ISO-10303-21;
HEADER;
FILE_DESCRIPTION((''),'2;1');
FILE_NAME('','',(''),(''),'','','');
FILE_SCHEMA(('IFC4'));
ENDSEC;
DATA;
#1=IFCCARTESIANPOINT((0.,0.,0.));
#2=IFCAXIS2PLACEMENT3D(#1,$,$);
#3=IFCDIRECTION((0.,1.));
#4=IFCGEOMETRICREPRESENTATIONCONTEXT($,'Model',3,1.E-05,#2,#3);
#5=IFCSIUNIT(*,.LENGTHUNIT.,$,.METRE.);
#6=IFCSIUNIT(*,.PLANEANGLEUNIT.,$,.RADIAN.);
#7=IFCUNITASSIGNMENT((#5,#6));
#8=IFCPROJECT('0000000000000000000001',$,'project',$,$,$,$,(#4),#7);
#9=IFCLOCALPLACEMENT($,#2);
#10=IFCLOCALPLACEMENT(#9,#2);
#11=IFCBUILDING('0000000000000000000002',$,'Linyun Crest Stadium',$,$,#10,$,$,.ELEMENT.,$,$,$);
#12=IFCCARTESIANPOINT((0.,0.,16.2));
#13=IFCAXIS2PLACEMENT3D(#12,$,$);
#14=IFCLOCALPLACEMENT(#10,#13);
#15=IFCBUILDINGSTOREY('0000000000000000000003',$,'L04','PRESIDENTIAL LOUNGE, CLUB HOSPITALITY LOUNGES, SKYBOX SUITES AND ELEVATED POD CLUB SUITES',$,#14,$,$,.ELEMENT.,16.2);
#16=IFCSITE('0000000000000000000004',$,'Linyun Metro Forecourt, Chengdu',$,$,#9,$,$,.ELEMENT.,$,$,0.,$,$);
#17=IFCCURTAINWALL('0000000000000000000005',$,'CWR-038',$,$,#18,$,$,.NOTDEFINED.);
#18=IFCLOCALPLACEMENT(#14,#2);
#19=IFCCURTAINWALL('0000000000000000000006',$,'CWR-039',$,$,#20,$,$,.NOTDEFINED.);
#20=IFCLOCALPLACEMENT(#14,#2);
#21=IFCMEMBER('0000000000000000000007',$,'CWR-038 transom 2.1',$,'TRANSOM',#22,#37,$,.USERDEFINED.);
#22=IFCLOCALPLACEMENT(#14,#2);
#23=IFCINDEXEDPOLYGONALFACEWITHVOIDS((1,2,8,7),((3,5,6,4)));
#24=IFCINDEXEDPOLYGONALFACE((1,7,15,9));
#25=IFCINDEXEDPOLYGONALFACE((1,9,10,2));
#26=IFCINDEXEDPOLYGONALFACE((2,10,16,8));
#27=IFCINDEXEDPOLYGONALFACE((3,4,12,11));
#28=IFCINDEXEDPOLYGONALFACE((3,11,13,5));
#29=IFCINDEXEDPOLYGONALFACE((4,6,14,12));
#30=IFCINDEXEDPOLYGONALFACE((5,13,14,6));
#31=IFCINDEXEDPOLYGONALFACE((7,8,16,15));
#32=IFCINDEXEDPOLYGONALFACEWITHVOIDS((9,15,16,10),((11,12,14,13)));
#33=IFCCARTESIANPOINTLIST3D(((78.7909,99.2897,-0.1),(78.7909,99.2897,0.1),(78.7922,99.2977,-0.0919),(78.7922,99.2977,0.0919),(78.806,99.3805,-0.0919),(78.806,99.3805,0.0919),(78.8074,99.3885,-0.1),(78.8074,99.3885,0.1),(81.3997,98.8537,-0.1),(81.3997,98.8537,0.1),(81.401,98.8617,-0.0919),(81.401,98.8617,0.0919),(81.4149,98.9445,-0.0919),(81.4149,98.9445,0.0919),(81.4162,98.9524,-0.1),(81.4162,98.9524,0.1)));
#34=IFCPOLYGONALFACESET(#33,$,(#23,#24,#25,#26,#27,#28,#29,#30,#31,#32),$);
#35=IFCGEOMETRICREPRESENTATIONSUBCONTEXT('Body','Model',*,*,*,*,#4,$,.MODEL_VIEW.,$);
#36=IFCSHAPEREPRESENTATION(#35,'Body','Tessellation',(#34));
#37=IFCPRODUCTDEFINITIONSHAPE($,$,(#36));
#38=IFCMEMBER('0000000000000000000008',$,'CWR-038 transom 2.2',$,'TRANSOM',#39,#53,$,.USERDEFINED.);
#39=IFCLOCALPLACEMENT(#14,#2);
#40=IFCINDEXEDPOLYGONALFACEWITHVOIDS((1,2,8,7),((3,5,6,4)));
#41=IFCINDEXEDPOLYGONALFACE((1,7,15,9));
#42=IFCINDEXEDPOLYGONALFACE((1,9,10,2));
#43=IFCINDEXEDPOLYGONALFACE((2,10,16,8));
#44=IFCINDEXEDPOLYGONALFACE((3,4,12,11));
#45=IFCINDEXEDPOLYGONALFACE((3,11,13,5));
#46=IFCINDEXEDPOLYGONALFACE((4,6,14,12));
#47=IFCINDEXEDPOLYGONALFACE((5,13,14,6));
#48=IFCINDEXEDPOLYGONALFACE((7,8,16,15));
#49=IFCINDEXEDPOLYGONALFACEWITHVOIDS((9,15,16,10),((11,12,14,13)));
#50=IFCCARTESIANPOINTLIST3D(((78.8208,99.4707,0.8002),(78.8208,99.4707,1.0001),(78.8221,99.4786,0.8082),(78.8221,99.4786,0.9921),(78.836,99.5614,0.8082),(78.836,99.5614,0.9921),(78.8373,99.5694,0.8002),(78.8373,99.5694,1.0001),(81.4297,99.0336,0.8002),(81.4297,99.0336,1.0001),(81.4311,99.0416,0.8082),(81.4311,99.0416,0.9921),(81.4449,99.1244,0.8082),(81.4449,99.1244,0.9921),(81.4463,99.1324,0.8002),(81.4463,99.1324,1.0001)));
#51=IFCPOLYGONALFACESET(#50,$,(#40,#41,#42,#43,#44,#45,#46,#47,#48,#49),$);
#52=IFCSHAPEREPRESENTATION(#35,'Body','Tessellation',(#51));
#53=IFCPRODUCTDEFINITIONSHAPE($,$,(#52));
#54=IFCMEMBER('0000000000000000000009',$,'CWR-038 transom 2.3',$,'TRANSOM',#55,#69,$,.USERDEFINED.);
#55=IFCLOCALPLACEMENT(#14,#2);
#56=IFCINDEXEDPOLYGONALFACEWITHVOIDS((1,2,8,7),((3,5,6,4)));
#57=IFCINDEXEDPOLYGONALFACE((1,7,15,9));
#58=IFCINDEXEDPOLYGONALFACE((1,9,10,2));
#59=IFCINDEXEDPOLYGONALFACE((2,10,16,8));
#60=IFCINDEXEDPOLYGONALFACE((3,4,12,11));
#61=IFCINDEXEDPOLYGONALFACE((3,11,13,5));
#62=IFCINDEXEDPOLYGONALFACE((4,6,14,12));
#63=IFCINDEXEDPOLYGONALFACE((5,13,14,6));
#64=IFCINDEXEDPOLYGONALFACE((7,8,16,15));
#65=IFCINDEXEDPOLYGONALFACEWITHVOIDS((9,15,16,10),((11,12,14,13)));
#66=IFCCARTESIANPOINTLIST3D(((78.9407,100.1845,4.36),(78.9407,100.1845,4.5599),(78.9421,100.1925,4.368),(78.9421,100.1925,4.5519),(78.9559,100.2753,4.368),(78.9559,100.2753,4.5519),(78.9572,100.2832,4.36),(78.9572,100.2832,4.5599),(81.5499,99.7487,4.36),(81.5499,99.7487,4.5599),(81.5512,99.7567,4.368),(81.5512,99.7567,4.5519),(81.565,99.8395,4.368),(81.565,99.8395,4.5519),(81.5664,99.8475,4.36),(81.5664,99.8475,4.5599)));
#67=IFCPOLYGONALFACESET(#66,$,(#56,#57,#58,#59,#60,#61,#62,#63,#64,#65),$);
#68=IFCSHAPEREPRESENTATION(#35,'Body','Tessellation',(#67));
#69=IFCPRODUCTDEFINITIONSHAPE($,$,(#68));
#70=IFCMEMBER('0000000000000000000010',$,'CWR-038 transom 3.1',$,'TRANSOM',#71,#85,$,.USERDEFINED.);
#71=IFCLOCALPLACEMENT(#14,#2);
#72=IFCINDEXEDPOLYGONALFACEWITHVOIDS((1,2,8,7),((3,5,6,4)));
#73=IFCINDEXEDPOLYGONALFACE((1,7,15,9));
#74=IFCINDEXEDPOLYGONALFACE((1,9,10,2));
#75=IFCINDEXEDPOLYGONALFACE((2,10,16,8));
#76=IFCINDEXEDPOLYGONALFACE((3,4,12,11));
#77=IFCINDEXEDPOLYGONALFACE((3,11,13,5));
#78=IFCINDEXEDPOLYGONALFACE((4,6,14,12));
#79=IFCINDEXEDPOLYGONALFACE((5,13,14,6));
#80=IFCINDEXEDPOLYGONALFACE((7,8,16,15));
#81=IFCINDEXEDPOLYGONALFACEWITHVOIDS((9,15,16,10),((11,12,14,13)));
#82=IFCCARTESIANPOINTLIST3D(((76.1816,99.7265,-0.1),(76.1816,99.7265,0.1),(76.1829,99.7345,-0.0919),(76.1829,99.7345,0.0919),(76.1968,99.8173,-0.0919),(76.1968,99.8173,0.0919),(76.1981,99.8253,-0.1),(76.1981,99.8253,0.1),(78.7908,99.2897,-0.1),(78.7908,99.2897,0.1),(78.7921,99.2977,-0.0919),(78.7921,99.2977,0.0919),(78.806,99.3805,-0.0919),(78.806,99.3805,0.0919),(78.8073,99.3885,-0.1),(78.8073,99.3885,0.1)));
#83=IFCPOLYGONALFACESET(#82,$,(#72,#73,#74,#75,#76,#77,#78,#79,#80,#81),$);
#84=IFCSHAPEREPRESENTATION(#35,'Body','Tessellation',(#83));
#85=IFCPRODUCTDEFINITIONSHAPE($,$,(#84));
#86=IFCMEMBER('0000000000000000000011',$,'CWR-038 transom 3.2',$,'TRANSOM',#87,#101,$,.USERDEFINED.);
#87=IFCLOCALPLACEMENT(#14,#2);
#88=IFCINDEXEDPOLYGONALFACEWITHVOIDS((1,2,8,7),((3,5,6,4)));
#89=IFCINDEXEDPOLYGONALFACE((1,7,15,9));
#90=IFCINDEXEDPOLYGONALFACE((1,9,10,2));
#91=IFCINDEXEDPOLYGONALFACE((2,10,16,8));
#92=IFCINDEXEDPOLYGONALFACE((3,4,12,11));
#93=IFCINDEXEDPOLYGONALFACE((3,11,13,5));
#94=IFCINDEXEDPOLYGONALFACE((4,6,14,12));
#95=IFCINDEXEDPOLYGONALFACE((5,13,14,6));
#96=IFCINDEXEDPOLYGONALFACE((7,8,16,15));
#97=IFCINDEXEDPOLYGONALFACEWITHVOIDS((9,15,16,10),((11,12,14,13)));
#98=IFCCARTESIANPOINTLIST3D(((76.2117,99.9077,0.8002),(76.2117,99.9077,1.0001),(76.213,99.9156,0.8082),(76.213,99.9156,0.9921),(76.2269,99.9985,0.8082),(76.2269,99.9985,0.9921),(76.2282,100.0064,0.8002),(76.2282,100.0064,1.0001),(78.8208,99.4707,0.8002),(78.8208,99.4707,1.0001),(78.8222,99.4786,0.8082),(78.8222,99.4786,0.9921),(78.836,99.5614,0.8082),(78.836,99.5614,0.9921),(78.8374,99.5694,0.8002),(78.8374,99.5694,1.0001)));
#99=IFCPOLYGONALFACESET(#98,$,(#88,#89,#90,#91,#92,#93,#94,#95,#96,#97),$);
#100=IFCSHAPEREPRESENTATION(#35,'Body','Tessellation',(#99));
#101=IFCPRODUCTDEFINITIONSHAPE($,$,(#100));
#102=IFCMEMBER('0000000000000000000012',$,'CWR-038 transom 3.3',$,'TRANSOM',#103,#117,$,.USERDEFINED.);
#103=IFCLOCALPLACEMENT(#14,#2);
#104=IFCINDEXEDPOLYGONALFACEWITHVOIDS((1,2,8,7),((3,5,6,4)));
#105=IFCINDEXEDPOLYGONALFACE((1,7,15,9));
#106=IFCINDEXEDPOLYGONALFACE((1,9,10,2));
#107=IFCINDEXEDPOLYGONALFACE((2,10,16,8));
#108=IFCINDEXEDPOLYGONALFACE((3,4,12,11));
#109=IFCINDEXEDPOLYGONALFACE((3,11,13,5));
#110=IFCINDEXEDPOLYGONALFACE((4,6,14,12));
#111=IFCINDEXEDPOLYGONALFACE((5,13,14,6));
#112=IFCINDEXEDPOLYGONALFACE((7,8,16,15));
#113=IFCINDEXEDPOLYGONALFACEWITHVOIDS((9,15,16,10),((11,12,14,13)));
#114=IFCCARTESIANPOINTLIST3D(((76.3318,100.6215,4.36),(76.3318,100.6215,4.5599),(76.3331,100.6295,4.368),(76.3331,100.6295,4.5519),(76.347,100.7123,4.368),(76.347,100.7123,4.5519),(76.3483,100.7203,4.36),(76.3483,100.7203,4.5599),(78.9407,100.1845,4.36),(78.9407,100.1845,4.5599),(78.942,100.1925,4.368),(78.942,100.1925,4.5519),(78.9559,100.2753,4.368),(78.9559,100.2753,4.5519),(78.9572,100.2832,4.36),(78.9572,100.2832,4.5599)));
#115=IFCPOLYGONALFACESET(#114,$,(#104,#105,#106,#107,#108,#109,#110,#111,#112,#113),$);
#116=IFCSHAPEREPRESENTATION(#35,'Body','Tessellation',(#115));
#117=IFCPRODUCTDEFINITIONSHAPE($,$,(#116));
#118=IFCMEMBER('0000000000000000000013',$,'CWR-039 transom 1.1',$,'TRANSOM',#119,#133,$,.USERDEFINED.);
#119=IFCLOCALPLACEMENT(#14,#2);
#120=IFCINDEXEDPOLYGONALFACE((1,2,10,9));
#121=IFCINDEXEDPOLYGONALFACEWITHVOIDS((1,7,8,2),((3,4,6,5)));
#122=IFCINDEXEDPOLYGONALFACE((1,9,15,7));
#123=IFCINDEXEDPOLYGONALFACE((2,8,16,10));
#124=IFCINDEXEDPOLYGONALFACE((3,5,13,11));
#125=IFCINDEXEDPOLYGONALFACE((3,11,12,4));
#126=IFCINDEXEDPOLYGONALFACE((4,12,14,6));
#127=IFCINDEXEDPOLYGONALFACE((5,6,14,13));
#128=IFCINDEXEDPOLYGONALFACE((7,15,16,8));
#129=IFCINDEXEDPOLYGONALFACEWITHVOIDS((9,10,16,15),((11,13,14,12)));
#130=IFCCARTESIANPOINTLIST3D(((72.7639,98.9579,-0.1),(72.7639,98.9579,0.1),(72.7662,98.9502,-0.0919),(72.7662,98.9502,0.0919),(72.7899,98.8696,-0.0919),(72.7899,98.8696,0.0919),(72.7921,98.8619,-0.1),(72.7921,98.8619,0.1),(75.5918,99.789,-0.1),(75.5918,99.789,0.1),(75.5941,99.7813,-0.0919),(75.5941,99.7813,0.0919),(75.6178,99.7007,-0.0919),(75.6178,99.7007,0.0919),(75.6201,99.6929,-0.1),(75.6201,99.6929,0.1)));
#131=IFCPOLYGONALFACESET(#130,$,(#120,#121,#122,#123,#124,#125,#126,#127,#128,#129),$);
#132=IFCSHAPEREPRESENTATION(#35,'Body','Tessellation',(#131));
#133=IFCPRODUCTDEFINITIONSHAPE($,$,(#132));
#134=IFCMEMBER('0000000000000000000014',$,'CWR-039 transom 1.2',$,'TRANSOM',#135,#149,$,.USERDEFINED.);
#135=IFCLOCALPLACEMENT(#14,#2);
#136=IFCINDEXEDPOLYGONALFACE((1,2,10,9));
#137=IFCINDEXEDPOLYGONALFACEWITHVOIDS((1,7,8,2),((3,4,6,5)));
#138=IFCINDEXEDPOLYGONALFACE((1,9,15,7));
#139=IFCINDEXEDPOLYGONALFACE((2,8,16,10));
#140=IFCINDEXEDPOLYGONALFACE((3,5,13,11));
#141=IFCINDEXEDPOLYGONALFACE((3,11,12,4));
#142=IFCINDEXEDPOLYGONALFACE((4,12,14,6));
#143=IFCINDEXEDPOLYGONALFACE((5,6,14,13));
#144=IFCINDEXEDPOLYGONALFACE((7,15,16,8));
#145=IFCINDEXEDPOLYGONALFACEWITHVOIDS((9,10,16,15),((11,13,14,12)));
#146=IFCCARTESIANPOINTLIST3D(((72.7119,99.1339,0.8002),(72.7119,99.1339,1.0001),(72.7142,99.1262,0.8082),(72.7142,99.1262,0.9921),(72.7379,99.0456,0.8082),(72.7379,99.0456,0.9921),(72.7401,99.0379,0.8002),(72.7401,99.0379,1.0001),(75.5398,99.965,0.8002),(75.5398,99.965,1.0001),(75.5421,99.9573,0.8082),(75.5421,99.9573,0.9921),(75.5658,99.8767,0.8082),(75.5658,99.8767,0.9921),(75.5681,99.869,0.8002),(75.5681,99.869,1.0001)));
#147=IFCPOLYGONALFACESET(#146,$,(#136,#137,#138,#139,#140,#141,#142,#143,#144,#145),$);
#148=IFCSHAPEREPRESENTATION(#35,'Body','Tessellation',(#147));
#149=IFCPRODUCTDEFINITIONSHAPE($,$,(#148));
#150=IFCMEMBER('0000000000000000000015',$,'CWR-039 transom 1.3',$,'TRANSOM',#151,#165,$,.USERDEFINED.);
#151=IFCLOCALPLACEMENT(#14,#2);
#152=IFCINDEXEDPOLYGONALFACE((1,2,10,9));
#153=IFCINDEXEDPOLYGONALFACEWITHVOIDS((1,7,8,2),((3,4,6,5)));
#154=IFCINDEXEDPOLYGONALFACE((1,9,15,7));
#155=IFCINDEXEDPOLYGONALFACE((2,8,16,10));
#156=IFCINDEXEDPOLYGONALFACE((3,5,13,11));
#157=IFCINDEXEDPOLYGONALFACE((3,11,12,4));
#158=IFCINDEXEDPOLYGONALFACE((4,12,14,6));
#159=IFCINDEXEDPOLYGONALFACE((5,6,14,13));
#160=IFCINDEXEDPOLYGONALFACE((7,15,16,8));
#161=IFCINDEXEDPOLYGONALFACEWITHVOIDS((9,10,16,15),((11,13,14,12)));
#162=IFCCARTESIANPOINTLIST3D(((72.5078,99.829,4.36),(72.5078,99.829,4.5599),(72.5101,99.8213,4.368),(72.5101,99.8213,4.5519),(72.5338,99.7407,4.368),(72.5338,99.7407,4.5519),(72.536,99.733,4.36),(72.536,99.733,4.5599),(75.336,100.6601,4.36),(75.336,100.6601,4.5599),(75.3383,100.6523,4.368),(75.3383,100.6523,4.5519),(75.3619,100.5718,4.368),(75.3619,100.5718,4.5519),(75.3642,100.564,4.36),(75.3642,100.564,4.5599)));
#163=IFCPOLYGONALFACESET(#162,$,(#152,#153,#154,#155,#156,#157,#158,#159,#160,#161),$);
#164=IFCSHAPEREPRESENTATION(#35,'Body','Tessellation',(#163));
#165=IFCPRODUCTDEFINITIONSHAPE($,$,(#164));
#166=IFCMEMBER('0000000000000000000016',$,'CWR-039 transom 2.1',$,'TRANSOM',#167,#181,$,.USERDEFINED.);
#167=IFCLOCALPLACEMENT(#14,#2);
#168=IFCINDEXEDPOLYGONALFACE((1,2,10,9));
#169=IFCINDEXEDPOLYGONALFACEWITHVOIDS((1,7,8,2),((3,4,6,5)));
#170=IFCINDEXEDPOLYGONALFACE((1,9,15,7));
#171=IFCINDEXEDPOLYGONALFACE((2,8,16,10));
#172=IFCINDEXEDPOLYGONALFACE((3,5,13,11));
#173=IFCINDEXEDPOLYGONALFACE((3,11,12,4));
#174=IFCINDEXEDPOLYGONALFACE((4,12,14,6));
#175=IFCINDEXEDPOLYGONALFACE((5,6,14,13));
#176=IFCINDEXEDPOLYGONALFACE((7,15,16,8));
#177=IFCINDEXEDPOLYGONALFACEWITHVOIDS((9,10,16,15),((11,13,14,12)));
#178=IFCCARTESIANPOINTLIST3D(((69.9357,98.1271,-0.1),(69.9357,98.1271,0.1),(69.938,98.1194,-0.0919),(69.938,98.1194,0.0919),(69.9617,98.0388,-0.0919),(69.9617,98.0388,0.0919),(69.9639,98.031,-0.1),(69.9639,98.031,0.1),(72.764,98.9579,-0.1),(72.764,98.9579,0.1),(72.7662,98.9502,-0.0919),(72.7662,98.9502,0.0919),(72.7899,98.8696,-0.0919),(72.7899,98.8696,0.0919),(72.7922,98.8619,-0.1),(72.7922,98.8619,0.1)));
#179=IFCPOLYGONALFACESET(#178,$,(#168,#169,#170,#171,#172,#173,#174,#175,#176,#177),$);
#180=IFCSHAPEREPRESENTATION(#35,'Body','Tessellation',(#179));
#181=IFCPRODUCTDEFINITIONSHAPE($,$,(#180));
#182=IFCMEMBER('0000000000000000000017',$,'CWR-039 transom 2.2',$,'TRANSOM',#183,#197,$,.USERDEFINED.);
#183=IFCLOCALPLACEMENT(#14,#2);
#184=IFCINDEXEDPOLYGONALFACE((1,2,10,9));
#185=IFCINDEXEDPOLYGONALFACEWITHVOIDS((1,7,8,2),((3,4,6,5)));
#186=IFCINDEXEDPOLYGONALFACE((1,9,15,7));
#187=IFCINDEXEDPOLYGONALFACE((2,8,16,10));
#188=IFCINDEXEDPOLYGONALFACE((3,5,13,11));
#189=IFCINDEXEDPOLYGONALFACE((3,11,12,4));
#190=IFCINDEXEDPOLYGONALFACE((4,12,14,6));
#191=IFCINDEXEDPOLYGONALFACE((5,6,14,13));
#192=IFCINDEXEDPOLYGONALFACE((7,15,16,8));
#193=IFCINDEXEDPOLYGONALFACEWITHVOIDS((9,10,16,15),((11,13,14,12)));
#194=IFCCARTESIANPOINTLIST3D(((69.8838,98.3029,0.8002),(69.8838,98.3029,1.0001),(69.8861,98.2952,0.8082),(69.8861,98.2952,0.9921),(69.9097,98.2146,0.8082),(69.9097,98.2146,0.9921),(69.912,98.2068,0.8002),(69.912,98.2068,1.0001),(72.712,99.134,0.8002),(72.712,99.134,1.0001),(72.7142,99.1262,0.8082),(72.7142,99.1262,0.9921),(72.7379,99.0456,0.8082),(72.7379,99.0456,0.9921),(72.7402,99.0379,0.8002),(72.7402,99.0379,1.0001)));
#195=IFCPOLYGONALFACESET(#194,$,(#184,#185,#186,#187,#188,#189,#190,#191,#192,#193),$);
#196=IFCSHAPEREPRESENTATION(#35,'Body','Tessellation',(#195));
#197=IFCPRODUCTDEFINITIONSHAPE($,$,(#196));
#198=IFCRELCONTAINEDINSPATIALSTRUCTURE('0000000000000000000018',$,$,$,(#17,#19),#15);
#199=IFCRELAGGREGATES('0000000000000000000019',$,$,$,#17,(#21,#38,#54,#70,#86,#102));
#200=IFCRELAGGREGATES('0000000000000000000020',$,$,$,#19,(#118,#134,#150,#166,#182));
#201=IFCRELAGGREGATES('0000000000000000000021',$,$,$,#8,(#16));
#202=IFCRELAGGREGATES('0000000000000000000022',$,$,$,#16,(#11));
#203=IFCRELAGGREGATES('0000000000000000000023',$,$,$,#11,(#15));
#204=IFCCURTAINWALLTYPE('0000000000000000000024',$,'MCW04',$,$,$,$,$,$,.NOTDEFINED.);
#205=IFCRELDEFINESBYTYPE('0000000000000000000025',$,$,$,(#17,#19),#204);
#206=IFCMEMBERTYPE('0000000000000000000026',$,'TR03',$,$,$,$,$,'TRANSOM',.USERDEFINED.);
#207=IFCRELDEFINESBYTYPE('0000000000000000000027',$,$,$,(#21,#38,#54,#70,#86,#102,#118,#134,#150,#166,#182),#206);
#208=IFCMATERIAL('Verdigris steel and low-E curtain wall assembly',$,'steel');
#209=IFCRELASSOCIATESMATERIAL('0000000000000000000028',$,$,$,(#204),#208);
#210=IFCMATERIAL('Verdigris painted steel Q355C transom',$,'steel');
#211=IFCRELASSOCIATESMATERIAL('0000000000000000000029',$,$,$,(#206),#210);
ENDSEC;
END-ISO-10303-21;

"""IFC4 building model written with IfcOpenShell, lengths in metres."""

from ifc_helpers import new_model, si_unit, direction, frame, origin, origin_2d, place, context, subcontext, project, spatial, hollow_rectangle, extrude, material, material_profile, profile_set, type_object, element, aggregate, save


model = new_model("IFC4")

# Units and contexts
model_context = context("Model", 3, precision=1e-05, world=origin(), true_north=direction((0.0, 1.0)))
body_context = subcontext(model_context, "Body", "Model", "MODEL_VIEW")
ifc_project = project(units=[si_unit("LENGTHUNIT", "METRE"), si_unit("PLANEANGLEUNIT", "RADIAN")], contexts=[model_context])

# Site, building, storey
site_placement = place(None, origin())
site = spatial("IfcSite", under=ifc_project, at=site_placement, Name="Linyun Metro Forecourt, Chengdu", CompositionType="ELEMENT", RefElevation=0.0)
building_placement = place(site_placement, origin())
building = spatial("IfcBuilding", under=site, at=building_placement, Name="Linyun Crest Stadium", CompositionType="ELEMENT")
storey_placement = place(building_placement, frame((0.0, 0.0, 16.2)))
storey = spatial("IfcBuildingStorey", under=building, at=storey_placement, Name="L04", Description="PRESIDENTIAL LOUNGE, CLUB HOSPITALITY LOUNGES, SKYBOX SUITES AND ELEVATED POD CLUB SUITES", CompositionType="ELEMENT", Elevation=16.2)

# Curtain walls
ifc_material_1 = material(Name="Verdigris steel and low-E curtain wall assembly", Category="steel")
curtain_wall_type = type_object("IfcCurtainWallType", Name="MCW04", PredefinedType="NOTDEFINED", material=ifc_material_1)
curtain_wall_1_placement = place(storey_placement, origin())
curtain_wall_1 = element("IfcCurtainWall", 1, at=curtain_wall_1_placement, inside=storey, type_object=curtain_wall_type, Name="CWR-038", PredefinedType="NOTDEFINED")
curtain_wall_2_placement = place(storey_placement, origin())
curtain_wall_2 = element("IfcCurtainWall", 2, at=curtain_wall_2_placement, inside=storey, type_object=curtain_wall_type, Name="CWR-039", PredefinedType="NOTDEFINED")

# Members
ifc_material_2 = material(Name="Verdigris painted steel Q355C transom", Category="steel")
ifc_material_profile_1 = material_profile(ifc_material_2, hollow_rectangle(XDim=0.1001, YDim=0.2, WallThickness=0.0081, at=origin_2d()), Name="RHS 200x100x8")
ifc_profile_set_1 = profile_set([ifc_material_profile_1], Name="Verdigris painted steel Q355C transom")
member_type_1 = type_object("IfcMemberType", Name="TR03", ElementType="TRANSOM", PredefinedType="USERDEFINED", material=ifc_profile_set_1)
member_1_placement = place(storey_placement, frame((81.408, 98.9031, 0.0), z_axis=(-0.986319, 0.164848, 0.0), x_axis=(-0.164848, -0.986319, 0.0)))
member_1 = element("IfcMember", 3, at=member_1_placement, type_object=member_type_1, Name="CWR-038 transom 2.1", ObjectType="TRANSOM", PredefinedType="USERDEFINED", context=body_context, shape_type="SweptSolid", body=[
    extrude(hollow_rectangle(XDim=0.1001, YDim=0.2, WallThickness=0.0081, at=origin_2d()), origin(), (0.0, 0.0, 1.0), 2.645),
])
member_2_placement = place(storey_placement, frame((81.438, 99.083, 0.9001), z_axis=(-0.986259, 0.165207, 0.0), x_axis=(-0.165207, -0.986259, 0.0)))
member_2 = element("IfcMember", 4, at=member_2_placement, type_object=member_type_1, Name="CWR-038 transom 2.2", ObjectType="TRANSOM", PredefinedType="USERDEFINED", context=body_context, shape_type="SweptSolid", body=[
    extrude(hollow_rectangle(XDim=0.1001, YDim=0.2, WallThickness=0.0081, at=origin_2d()), origin(), (0.0, 0.0, 1.0), 2.6453),
])
member_3_placement = place(storey_placement, frame((81.5581, 99.7981, 4.46), z_axis=(-0.986336, 0.164743, 0.0), x_axis=(-0.164743, -0.986336, 0.0)))
member_3 = element("IfcMember", 5, at=member_3_placement, type_object=member_type_1, Name="CWR-038 transom 2.3", ObjectType="TRANSOM", PredefinedType="USERDEFINED", context=body_context, shape_type="SweptSolid", body=[
    extrude(hollow_rectangle(XDim=0.1001, YDim=0.2, WallThickness=0.0081, at=origin_2d()), origin(), (0.0, 0.0, 1.0), 2.6453),
])
member_4_placement = place(storey_placement, frame((78.7991, 99.3391, 0.0), z_axis=(-0.986276, 0.165102, 0.0), x_axis=(-0.165102, -0.986276, 0.0)))
member_4 = element("IfcMember", 6, at=member_4_placement, type_object=member_type_1, Name="CWR-038 transom 3.1", ObjectType="TRANSOM", PredefinedType="USERDEFINED", context=body_context, shape_type="SweptSolid", body=[
    extrude(hollow_rectangle(XDim=0.1001, YDim=0.2, WallThickness=0.0081, at=origin_2d()), origin(), (0.0, 0.0, 1.0), 2.6455),
])
member_5_placement = place(storey_placement, frame((78.8291, 99.52, 0.9001), z_axis=(-0.986261, 0.165192, 0.0), x_axis=(-0.165192, -0.986261, 0.0)))
member_5 = element("IfcMember", 7, at=member_5_placement, type_object=member_type_1, Name="CWR-038 transom 3.2", ObjectType="TRANSOM", PredefinedType="USERDEFINED", context=body_context, shape_type="SweptSolid", body=[
    extrude(hollow_rectangle(XDim=0.1001, YDim=0.2, WallThickness=0.0081, at=origin_2d()), origin(), (0.0, 0.0, 1.0), 2.6455),
])
member_6_placement = place(storey_placement, frame((78.949, 100.2339, 4.46), z_axis=(-0.986259, 0.165207, 0.0), x_axis=(-0.165207, -0.986259, 0.0)))
member_6 = element("IfcMember", 8, at=member_6_placement, type_object=member_type_1, Name="CWR-038 transom 3.3", ObjectType="TRANSOM", PredefinedType="USERDEFINED", context=body_context, shape_type="SweptSolid", body=[
    extrude(hollow_rectangle(XDim=0.1001, YDim=0.2, WallThickness=0.0081, at=origin_2d()), origin(), (0.0, 0.0, 1.0), 2.6453),
])
member_7_placement = place(storey_placement, frame((75.606, 99.741, 0.0), z_axis=(-0.959427, -0.281956, 0.0), x_axis=(0.281956, -0.959427, 0.0)))
member_7 = element("IfcMember", 9, at=member_7_placement, type_object=member_type_1, Name="CWR-039 transom 1.1", ObjectType="TRANSOM", PredefinedType="USERDEFINED", context=body_context, shape_type="SweptSolid", body=[
    extrude(hollow_rectangle(XDim=0.1001, YDim=0.2, WallThickness=0.0081, at=origin_2d()), origin(), (0.0, 0.0, 1.0), 2.9475),
])
member_8_placement = place(storey_placement, frame((75.554, 99.917, 0.9001), z_axis=(-0.959427, -0.281956, 0.0), x_axis=(0.281956, -0.959427, 0.0)))
member_8 = element("IfcMember", 10, at=member_8_placement, type_object=member_type_1, Name="CWR-039 transom 1.2", ObjectType="TRANSOM", PredefinedType="USERDEFINED", context=body_context, shape_type="SweptSolid", body=[
    extrude(hollow_rectangle(XDim=0.1001, YDim=0.2, WallThickness=0.0081, at=origin_2d()), origin(), (0.0, 0.0, 1.0), 2.9475),
])
member_9_placement = place(storey_placement, frame((75.3501, 100.6121, 4.46), z_axis=(-0.959434, -0.281933, 0.0), x_axis=(0.281933, -0.959434, 0.0)))
member_9 = element("IfcMember", 11, at=member_9_placement, type_object=member_type_1, Name="CWR-039 transom 1.3", ObjectType="TRANSOM", PredefinedType="USERDEFINED", context=body_context, shape_type="SweptSolid", body=[
    extrude(hollow_rectangle(XDim=0.1001, YDim=0.2, WallThickness=0.0081, at=origin_2d()), origin(), (0.0, 0.0, 1.0), 2.9478),
])
member_10_placement = place(storey_placement, frame((72.7781, 98.9099, 0.0), z_axis=(-0.959456, -0.281857, 0.0), x_axis=(0.281857, -0.959456, 0.0)))
member_10 = element("IfcMember", 12, at=member_10_placement, type_object=member_type_1, Name="CWR-039 transom 2.1", ObjectType="TRANSOM", PredefinedType="USERDEFINED", context=body_context, shape_type="SweptSolid", body=[
    extrude(hollow_rectangle(XDim=0.1001, YDim=0.2, WallThickness=0.0081, at=origin_2d()), origin(), (0.0, 0.0, 1.0), 2.9478),
])
member_11_placement = place(storey_placement, frame((72.7261, 99.0859, 0.9001), z_axis=(-0.959434, -0.281933, 0.0), x_axis=(0.281933, -0.959434, 0.0)))
member_11 = element("IfcMember", 13, at=member_11_placement, type_object=member_type_1, Name="CWR-039 transom 2.2", ObjectType="TRANSOM", PredefinedType="USERDEFINED", context=body_context, shape_type="SweptSolid", body=[
    extrude(hollow_rectangle(XDim=0.1001, YDim=0.2, WallThickness=0.0081, at=origin_2d()), origin(), (0.0, 0.0, 1.0), 2.9478),
])

aggregate(curtain_wall_1, [member_1, member_2, member_3, member_4, member_5, member_6])
aggregate(curtain_wall_2, [member_7, member_8, member_9, member_10, member_11])

save(model, "model.ifc")
